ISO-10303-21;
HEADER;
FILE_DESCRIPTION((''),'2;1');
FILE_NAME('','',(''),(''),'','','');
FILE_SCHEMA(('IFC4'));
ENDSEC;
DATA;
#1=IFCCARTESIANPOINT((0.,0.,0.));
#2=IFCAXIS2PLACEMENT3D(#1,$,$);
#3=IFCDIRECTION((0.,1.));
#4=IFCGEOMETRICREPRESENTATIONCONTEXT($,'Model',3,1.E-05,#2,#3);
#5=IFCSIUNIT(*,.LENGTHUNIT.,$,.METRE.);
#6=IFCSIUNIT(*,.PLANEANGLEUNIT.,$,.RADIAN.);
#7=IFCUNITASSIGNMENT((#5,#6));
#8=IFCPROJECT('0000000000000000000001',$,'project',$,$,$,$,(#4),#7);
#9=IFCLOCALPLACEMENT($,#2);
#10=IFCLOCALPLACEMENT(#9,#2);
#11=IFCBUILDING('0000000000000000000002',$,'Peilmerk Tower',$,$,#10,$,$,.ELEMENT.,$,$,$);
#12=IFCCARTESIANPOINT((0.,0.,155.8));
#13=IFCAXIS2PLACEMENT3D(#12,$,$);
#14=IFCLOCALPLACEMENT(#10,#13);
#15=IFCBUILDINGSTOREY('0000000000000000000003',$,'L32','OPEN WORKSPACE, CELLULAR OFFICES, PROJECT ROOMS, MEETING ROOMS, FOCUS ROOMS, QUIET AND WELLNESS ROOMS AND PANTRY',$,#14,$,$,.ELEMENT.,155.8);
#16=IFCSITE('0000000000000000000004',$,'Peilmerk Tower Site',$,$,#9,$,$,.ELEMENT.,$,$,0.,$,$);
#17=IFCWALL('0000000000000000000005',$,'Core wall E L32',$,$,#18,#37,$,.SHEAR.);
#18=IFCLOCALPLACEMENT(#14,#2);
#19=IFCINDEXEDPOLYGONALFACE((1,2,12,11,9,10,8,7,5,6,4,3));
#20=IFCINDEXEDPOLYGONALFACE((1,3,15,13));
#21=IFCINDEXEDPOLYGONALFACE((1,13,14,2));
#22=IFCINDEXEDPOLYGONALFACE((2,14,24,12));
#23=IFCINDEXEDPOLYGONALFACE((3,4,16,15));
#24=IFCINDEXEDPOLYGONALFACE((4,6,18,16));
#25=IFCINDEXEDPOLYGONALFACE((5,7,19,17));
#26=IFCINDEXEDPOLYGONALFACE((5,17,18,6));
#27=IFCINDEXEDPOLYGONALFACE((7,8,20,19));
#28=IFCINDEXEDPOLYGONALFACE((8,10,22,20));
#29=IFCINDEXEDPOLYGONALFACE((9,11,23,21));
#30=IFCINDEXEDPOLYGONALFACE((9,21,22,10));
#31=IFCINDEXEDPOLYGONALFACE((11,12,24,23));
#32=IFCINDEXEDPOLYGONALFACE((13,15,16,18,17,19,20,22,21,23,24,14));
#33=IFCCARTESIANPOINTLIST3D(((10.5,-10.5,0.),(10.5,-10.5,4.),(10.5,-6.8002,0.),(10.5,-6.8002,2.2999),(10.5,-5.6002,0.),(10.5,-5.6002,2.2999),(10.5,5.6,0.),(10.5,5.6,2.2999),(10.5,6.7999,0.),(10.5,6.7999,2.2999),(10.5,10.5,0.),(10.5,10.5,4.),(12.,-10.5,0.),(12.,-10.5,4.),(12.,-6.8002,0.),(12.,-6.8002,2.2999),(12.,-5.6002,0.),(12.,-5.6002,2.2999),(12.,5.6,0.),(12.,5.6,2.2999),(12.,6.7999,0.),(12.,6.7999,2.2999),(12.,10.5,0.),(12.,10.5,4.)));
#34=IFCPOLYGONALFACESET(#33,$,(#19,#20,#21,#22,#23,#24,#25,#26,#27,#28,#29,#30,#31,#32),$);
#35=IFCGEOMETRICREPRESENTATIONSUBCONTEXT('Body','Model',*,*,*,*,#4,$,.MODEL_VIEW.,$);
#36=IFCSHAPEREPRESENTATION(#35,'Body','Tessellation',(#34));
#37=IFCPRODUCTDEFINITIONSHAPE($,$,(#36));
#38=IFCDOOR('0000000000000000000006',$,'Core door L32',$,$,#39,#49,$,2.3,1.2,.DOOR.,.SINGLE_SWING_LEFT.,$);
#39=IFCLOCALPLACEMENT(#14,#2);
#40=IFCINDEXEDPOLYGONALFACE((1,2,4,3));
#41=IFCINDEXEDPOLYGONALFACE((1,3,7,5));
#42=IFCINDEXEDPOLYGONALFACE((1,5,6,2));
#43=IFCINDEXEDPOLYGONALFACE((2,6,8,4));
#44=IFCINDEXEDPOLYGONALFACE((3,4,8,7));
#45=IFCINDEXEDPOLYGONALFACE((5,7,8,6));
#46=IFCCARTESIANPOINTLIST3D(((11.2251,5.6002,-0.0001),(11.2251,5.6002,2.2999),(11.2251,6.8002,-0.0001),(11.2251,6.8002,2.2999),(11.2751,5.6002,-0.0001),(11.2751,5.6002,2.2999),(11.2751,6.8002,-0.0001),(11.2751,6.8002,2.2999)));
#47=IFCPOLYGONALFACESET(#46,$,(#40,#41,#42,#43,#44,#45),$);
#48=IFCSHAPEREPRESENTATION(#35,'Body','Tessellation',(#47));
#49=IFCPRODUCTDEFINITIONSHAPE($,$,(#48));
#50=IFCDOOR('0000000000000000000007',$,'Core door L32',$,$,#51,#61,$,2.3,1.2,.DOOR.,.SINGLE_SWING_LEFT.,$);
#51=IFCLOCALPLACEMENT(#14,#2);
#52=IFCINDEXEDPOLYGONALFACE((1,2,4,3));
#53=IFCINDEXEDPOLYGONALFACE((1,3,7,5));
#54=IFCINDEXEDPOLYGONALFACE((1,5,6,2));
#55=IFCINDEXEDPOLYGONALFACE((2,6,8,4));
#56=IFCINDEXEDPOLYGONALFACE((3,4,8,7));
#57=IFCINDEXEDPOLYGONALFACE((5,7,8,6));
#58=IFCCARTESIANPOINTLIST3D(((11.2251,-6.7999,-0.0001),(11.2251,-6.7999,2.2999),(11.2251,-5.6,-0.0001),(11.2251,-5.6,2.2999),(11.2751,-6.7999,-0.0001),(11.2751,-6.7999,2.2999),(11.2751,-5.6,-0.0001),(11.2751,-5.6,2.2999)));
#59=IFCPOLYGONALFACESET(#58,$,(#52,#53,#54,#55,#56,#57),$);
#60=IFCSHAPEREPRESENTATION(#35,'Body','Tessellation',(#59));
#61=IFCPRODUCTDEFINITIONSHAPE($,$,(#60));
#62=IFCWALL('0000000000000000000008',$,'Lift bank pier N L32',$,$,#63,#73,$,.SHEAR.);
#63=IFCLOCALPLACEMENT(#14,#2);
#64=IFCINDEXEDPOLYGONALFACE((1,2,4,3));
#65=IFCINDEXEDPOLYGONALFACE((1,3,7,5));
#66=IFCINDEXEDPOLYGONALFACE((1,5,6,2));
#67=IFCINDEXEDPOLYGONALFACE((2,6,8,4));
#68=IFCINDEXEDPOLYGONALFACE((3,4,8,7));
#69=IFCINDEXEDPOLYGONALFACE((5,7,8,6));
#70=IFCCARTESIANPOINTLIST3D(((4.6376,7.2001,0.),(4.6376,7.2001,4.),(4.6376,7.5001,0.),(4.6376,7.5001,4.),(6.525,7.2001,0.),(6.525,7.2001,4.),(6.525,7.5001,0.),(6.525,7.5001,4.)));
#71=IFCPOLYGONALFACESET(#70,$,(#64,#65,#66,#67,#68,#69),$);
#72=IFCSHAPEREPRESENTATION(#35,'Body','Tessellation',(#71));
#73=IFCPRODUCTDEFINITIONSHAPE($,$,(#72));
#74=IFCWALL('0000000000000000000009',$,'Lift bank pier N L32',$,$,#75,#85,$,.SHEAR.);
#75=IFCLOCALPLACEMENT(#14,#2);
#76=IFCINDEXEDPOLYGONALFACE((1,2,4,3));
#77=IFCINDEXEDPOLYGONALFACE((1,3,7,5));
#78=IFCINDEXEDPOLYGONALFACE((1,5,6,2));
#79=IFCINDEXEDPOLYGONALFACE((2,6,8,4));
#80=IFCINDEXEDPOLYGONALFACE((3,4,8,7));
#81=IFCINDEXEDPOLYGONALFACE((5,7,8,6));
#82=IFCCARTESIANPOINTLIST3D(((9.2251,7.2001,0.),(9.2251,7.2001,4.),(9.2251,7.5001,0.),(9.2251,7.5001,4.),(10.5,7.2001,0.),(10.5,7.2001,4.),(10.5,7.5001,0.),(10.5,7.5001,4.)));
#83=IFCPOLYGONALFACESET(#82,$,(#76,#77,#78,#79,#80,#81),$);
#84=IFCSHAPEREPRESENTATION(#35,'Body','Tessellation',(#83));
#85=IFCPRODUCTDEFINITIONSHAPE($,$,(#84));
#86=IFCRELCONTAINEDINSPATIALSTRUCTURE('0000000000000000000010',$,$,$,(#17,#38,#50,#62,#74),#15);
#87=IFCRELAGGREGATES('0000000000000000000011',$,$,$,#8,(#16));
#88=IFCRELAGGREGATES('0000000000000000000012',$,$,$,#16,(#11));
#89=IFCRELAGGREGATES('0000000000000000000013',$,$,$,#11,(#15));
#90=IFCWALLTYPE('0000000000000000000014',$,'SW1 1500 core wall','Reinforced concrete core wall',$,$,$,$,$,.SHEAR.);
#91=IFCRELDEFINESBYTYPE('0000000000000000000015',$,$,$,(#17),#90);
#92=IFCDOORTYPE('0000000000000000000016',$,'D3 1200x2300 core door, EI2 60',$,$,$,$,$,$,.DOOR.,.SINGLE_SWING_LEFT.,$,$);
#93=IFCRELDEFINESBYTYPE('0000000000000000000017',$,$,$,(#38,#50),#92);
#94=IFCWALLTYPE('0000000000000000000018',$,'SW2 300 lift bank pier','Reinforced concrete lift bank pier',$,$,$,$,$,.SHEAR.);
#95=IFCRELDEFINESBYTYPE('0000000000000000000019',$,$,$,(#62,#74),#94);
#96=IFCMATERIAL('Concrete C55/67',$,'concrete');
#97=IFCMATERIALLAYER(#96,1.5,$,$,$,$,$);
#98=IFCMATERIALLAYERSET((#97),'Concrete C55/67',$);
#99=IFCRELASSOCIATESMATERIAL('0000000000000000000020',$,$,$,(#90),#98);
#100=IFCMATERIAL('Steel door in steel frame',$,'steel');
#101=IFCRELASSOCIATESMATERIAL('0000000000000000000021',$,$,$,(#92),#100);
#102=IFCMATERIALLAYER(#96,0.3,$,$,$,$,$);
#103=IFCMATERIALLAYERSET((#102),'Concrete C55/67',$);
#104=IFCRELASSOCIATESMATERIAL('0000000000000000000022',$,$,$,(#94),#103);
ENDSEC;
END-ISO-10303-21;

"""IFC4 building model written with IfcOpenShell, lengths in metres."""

from ifc_helpers import new_model, si_unit, direction, frame, frame_2d, origin, place, context, subcontext, project, spatial, rectangle, extrude, material, layer, layer_set, type_object, element, fill, save


model = new_model("IFC4")

# Units and contexts
model_context = context("Model", 3, precision=1e-05, world=origin(), true_north=direction((0.0, 1.0)))
body_context = subcontext(model_context, "Body", "Model", "MODEL_VIEW")
ifc_project = project(units=[si_unit("LENGTHUNIT", "METRE"), si_unit("PLANEANGLEUNIT", "RADIAN")], contexts=[model_context])

# Site, building, storey
site_placement = place(None, origin())
site = spatial("IfcSite", under=ifc_project, at=site_placement, Name="Peilmerk Tower Site", CompositionType="ELEMENT", RefElevation=0.0)
building_placement = place(site_placement, origin())
building = spatial("IfcBuilding", under=site, at=building_placement, Name="Peilmerk Tower", CompositionType="ELEMENT")
storey_placement = place(building_placement, frame((0.0, 0.0, 155.8)))
storey = spatial("IfcBuildingStorey", under=building, at=storey_placement, Name="L32", Description="OPEN WORKSPACE, CELLULAR OFFICES, PROJECT ROOMS, MEETING ROOMS, FOCUS ROOMS, QUIET AND WELLNESS ROOMS AND PANTRY", CompositionType="ELEMENT", Elevation=155.8)

# Shared definitions
ifc_material_1 = material(Name="Steel door in steel frame", Category="steel")

# Wall, openings, doors
ifc_material_2 = material(Name="Concrete C55/67", Category="concrete")
ifc_layer_1 = layer(ifc_material_2, 1.5)
ifc_layer_set_1 = layer_set([ifc_layer_1], Name="Concrete C55/67")
wall_type_1 = type_object("IfcWallType", Name="SW1 1500 core wall", Description="Reinforced concrete core wall", PredefinedType="SHEAR", material=ifc_layer_set_1)
wall_1_placement = place(storey_placement, frame((11.25, 10.5, 0.0), z_axis=(0.0, 0.0, 1.0), x_axis=(0.0, -1.0, 0.0)))
wall_1 = element("IfcWall", 1, at=wall_1_placement, inside=storey, type_object=wall_type_1, Name="Core wall E L32", PredefinedType="SHEAR", context=body_context, shape_type="SweptSolid", body=[
    extrude(rectangle(XDim=21.0, YDim=1.5, at=frame_2d((10.5, 0.0))), origin(), (0.0, 0.0, 1.0), 4.0),
])
opening_1_placement = place(wall_1_placement, frame((3.7, 0.0, 0.0)))
opening_1 = element("IfcOpeningElement", 2, at=opening_1_placement, cuts=wall_1, PredefinedType="OPENING", context=body_context, shape_type="SweptSolid", body=[
    extrude(rectangle(XDim=1.2, YDim=2.3, at=frame_2d((0.6001, 1.1499))), frame((0.0, 0.76, 0.0), z_axis=(0.0, -1.0, 0.0), x_axis=(1.0, 0.0, 0.0)), (0.0, 0.0, 1.0), 1.52),
])
opening_2_placement = place(wall_1_placement, frame((16.1001, 0.0, 0.0)))
opening_2 = element("IfcOpeningElement", 3, at=opening_2_placement, cuts=wall_1, PredefinedType="OPENING", context=body_context, shape_type="SweptSolid", body=[
    extrude(rectangle(XDim=1.2, YDim=2.3, at=frame_2d((0.6001, 1.1499))), frame((0.0, 0.76, 0.0), z_axis=(0.0, -1.0, 0.0), x_axis=(1.0, 0.0, 0.0)), (0.0, 0.0, 1.0), 1.52),
])
door_type_1 = type_object("IfcDoorType", Name="D3 1200x2300 core door, EI2 60", OperationType="SINGLE_SWING_LEFT", PredefinedType="DOOR", material=ifc_material_1)
door_1_placement = place(opening_1_placement, frame((1.2, 0.0, 0.0), z_axis=(0.0, 0.0, 1.0), x_axis=(-1.0, 0.0, 0.0)))
door_1 = element("IfcDoor", 4, at=door_1_placement, inside=storey, type_object=door_type_1, Name="Core door L32", OperationType="SINGLE_SWING_LEFT", OverallHeight=2.3, OverallWidth=1.2, PredefinedType="DOOR", context=body_context, shape_type="SweptSolid", body=[
    extrude(rectangle(XDim=1.2, YDim=2.3, at=frame_2d((0.6001, 1.1499))), frame((0.0, 0.0249, 0.0), z_axis=(0.0, -1.0, 0.0), x_axis=(1.0, 0.0, 0.0)), (0.0, 0.0, 1.0), 0.05),
])
fill(opening_1, door_1)
door_2_placement = place(opening_2_placement, frame((1.2, 0.0, 0.0), z_axis=(0.0, 0.0, 1.0), x_axis=(-1.0, 0.0, 0.0)))
door_2 = element("IfcDoor", 5, at=door_2_placement, inside=storey, type_object=door_type_1, Name="Core door L32", OperationType="SINGLE_SWING_LEFT", OverallHeight=2.3, OverallWidth=1.2, PredefinedType="DOOR", context=body_context, shape_type="SweptSolid", body=[
    extrude(rectangle(XDim=1.2, YDim=2.3, at=frame_2d((0.6001, 1.1499))), frame((0.0, 0.0249, 0.0), z_axis=(0.0, -1.0, 0.0), x_axis=(1.0, 0.0, 0.0)), (0.0, 0.0, 1.0), 0.05),
])
fill(opening_2, door_2)

# Walls
ifc_layer_2 = layer(ifc_material_2, 0.3)
ifc_layer_set_2 = layer_set([ifc_layer_2], Name="Concrete C55/67")
wall_type_2 = type_object("IfcWallType", Name="SW2 300 lift bank pier", Description="Reinforced concrete lift bank pier", PredefinedType="SHEAR", material=ifc_layer_set_2)
wall_2_placement = place(storey_placement, frame((4.6375, 7.3501, 0.0), z_axis=(0.0, 0.0, 1.0), x_axis=(1.0, 0.0, 0.0)))
element("IfcWall", 6, at=wall_2_placement, inside=storey, type_object=wall_type_2, Name="Lift bank pier N L32", PredefinedType="SHEAR", context=body_context, shape_type="SweptSolid", body=[
    extrude(rectangle(XDim=1.8875, YDim=0.3, at=frame_2d((0.9438, 0.0))), origin(), (0.0, 0.0, 1.0), 4.0),
])
wall_3_placement = place(storey_placement, frame((9.2251, 7.3501, 0.0), z_axis=(0.0, 0.0, 1.0), x_axis=(1.0, 0.0, 0.0)))
element("IfcWall", 7, at=wall_3_placement, inside=storey, type_object=wall_type_2, Name="Lift bank pier N L32", PredefinedType="SHEAR", context=body_context, shape_type="SweptSolid", body=[
    extrude(rectangle(XDim=1.2749, YDim=0.3, at=frame_2d((0.6375, 0.0))), origin(), (0.0, 0.0, 1.0), 4.0),
])

save(model, "model.ifc")
